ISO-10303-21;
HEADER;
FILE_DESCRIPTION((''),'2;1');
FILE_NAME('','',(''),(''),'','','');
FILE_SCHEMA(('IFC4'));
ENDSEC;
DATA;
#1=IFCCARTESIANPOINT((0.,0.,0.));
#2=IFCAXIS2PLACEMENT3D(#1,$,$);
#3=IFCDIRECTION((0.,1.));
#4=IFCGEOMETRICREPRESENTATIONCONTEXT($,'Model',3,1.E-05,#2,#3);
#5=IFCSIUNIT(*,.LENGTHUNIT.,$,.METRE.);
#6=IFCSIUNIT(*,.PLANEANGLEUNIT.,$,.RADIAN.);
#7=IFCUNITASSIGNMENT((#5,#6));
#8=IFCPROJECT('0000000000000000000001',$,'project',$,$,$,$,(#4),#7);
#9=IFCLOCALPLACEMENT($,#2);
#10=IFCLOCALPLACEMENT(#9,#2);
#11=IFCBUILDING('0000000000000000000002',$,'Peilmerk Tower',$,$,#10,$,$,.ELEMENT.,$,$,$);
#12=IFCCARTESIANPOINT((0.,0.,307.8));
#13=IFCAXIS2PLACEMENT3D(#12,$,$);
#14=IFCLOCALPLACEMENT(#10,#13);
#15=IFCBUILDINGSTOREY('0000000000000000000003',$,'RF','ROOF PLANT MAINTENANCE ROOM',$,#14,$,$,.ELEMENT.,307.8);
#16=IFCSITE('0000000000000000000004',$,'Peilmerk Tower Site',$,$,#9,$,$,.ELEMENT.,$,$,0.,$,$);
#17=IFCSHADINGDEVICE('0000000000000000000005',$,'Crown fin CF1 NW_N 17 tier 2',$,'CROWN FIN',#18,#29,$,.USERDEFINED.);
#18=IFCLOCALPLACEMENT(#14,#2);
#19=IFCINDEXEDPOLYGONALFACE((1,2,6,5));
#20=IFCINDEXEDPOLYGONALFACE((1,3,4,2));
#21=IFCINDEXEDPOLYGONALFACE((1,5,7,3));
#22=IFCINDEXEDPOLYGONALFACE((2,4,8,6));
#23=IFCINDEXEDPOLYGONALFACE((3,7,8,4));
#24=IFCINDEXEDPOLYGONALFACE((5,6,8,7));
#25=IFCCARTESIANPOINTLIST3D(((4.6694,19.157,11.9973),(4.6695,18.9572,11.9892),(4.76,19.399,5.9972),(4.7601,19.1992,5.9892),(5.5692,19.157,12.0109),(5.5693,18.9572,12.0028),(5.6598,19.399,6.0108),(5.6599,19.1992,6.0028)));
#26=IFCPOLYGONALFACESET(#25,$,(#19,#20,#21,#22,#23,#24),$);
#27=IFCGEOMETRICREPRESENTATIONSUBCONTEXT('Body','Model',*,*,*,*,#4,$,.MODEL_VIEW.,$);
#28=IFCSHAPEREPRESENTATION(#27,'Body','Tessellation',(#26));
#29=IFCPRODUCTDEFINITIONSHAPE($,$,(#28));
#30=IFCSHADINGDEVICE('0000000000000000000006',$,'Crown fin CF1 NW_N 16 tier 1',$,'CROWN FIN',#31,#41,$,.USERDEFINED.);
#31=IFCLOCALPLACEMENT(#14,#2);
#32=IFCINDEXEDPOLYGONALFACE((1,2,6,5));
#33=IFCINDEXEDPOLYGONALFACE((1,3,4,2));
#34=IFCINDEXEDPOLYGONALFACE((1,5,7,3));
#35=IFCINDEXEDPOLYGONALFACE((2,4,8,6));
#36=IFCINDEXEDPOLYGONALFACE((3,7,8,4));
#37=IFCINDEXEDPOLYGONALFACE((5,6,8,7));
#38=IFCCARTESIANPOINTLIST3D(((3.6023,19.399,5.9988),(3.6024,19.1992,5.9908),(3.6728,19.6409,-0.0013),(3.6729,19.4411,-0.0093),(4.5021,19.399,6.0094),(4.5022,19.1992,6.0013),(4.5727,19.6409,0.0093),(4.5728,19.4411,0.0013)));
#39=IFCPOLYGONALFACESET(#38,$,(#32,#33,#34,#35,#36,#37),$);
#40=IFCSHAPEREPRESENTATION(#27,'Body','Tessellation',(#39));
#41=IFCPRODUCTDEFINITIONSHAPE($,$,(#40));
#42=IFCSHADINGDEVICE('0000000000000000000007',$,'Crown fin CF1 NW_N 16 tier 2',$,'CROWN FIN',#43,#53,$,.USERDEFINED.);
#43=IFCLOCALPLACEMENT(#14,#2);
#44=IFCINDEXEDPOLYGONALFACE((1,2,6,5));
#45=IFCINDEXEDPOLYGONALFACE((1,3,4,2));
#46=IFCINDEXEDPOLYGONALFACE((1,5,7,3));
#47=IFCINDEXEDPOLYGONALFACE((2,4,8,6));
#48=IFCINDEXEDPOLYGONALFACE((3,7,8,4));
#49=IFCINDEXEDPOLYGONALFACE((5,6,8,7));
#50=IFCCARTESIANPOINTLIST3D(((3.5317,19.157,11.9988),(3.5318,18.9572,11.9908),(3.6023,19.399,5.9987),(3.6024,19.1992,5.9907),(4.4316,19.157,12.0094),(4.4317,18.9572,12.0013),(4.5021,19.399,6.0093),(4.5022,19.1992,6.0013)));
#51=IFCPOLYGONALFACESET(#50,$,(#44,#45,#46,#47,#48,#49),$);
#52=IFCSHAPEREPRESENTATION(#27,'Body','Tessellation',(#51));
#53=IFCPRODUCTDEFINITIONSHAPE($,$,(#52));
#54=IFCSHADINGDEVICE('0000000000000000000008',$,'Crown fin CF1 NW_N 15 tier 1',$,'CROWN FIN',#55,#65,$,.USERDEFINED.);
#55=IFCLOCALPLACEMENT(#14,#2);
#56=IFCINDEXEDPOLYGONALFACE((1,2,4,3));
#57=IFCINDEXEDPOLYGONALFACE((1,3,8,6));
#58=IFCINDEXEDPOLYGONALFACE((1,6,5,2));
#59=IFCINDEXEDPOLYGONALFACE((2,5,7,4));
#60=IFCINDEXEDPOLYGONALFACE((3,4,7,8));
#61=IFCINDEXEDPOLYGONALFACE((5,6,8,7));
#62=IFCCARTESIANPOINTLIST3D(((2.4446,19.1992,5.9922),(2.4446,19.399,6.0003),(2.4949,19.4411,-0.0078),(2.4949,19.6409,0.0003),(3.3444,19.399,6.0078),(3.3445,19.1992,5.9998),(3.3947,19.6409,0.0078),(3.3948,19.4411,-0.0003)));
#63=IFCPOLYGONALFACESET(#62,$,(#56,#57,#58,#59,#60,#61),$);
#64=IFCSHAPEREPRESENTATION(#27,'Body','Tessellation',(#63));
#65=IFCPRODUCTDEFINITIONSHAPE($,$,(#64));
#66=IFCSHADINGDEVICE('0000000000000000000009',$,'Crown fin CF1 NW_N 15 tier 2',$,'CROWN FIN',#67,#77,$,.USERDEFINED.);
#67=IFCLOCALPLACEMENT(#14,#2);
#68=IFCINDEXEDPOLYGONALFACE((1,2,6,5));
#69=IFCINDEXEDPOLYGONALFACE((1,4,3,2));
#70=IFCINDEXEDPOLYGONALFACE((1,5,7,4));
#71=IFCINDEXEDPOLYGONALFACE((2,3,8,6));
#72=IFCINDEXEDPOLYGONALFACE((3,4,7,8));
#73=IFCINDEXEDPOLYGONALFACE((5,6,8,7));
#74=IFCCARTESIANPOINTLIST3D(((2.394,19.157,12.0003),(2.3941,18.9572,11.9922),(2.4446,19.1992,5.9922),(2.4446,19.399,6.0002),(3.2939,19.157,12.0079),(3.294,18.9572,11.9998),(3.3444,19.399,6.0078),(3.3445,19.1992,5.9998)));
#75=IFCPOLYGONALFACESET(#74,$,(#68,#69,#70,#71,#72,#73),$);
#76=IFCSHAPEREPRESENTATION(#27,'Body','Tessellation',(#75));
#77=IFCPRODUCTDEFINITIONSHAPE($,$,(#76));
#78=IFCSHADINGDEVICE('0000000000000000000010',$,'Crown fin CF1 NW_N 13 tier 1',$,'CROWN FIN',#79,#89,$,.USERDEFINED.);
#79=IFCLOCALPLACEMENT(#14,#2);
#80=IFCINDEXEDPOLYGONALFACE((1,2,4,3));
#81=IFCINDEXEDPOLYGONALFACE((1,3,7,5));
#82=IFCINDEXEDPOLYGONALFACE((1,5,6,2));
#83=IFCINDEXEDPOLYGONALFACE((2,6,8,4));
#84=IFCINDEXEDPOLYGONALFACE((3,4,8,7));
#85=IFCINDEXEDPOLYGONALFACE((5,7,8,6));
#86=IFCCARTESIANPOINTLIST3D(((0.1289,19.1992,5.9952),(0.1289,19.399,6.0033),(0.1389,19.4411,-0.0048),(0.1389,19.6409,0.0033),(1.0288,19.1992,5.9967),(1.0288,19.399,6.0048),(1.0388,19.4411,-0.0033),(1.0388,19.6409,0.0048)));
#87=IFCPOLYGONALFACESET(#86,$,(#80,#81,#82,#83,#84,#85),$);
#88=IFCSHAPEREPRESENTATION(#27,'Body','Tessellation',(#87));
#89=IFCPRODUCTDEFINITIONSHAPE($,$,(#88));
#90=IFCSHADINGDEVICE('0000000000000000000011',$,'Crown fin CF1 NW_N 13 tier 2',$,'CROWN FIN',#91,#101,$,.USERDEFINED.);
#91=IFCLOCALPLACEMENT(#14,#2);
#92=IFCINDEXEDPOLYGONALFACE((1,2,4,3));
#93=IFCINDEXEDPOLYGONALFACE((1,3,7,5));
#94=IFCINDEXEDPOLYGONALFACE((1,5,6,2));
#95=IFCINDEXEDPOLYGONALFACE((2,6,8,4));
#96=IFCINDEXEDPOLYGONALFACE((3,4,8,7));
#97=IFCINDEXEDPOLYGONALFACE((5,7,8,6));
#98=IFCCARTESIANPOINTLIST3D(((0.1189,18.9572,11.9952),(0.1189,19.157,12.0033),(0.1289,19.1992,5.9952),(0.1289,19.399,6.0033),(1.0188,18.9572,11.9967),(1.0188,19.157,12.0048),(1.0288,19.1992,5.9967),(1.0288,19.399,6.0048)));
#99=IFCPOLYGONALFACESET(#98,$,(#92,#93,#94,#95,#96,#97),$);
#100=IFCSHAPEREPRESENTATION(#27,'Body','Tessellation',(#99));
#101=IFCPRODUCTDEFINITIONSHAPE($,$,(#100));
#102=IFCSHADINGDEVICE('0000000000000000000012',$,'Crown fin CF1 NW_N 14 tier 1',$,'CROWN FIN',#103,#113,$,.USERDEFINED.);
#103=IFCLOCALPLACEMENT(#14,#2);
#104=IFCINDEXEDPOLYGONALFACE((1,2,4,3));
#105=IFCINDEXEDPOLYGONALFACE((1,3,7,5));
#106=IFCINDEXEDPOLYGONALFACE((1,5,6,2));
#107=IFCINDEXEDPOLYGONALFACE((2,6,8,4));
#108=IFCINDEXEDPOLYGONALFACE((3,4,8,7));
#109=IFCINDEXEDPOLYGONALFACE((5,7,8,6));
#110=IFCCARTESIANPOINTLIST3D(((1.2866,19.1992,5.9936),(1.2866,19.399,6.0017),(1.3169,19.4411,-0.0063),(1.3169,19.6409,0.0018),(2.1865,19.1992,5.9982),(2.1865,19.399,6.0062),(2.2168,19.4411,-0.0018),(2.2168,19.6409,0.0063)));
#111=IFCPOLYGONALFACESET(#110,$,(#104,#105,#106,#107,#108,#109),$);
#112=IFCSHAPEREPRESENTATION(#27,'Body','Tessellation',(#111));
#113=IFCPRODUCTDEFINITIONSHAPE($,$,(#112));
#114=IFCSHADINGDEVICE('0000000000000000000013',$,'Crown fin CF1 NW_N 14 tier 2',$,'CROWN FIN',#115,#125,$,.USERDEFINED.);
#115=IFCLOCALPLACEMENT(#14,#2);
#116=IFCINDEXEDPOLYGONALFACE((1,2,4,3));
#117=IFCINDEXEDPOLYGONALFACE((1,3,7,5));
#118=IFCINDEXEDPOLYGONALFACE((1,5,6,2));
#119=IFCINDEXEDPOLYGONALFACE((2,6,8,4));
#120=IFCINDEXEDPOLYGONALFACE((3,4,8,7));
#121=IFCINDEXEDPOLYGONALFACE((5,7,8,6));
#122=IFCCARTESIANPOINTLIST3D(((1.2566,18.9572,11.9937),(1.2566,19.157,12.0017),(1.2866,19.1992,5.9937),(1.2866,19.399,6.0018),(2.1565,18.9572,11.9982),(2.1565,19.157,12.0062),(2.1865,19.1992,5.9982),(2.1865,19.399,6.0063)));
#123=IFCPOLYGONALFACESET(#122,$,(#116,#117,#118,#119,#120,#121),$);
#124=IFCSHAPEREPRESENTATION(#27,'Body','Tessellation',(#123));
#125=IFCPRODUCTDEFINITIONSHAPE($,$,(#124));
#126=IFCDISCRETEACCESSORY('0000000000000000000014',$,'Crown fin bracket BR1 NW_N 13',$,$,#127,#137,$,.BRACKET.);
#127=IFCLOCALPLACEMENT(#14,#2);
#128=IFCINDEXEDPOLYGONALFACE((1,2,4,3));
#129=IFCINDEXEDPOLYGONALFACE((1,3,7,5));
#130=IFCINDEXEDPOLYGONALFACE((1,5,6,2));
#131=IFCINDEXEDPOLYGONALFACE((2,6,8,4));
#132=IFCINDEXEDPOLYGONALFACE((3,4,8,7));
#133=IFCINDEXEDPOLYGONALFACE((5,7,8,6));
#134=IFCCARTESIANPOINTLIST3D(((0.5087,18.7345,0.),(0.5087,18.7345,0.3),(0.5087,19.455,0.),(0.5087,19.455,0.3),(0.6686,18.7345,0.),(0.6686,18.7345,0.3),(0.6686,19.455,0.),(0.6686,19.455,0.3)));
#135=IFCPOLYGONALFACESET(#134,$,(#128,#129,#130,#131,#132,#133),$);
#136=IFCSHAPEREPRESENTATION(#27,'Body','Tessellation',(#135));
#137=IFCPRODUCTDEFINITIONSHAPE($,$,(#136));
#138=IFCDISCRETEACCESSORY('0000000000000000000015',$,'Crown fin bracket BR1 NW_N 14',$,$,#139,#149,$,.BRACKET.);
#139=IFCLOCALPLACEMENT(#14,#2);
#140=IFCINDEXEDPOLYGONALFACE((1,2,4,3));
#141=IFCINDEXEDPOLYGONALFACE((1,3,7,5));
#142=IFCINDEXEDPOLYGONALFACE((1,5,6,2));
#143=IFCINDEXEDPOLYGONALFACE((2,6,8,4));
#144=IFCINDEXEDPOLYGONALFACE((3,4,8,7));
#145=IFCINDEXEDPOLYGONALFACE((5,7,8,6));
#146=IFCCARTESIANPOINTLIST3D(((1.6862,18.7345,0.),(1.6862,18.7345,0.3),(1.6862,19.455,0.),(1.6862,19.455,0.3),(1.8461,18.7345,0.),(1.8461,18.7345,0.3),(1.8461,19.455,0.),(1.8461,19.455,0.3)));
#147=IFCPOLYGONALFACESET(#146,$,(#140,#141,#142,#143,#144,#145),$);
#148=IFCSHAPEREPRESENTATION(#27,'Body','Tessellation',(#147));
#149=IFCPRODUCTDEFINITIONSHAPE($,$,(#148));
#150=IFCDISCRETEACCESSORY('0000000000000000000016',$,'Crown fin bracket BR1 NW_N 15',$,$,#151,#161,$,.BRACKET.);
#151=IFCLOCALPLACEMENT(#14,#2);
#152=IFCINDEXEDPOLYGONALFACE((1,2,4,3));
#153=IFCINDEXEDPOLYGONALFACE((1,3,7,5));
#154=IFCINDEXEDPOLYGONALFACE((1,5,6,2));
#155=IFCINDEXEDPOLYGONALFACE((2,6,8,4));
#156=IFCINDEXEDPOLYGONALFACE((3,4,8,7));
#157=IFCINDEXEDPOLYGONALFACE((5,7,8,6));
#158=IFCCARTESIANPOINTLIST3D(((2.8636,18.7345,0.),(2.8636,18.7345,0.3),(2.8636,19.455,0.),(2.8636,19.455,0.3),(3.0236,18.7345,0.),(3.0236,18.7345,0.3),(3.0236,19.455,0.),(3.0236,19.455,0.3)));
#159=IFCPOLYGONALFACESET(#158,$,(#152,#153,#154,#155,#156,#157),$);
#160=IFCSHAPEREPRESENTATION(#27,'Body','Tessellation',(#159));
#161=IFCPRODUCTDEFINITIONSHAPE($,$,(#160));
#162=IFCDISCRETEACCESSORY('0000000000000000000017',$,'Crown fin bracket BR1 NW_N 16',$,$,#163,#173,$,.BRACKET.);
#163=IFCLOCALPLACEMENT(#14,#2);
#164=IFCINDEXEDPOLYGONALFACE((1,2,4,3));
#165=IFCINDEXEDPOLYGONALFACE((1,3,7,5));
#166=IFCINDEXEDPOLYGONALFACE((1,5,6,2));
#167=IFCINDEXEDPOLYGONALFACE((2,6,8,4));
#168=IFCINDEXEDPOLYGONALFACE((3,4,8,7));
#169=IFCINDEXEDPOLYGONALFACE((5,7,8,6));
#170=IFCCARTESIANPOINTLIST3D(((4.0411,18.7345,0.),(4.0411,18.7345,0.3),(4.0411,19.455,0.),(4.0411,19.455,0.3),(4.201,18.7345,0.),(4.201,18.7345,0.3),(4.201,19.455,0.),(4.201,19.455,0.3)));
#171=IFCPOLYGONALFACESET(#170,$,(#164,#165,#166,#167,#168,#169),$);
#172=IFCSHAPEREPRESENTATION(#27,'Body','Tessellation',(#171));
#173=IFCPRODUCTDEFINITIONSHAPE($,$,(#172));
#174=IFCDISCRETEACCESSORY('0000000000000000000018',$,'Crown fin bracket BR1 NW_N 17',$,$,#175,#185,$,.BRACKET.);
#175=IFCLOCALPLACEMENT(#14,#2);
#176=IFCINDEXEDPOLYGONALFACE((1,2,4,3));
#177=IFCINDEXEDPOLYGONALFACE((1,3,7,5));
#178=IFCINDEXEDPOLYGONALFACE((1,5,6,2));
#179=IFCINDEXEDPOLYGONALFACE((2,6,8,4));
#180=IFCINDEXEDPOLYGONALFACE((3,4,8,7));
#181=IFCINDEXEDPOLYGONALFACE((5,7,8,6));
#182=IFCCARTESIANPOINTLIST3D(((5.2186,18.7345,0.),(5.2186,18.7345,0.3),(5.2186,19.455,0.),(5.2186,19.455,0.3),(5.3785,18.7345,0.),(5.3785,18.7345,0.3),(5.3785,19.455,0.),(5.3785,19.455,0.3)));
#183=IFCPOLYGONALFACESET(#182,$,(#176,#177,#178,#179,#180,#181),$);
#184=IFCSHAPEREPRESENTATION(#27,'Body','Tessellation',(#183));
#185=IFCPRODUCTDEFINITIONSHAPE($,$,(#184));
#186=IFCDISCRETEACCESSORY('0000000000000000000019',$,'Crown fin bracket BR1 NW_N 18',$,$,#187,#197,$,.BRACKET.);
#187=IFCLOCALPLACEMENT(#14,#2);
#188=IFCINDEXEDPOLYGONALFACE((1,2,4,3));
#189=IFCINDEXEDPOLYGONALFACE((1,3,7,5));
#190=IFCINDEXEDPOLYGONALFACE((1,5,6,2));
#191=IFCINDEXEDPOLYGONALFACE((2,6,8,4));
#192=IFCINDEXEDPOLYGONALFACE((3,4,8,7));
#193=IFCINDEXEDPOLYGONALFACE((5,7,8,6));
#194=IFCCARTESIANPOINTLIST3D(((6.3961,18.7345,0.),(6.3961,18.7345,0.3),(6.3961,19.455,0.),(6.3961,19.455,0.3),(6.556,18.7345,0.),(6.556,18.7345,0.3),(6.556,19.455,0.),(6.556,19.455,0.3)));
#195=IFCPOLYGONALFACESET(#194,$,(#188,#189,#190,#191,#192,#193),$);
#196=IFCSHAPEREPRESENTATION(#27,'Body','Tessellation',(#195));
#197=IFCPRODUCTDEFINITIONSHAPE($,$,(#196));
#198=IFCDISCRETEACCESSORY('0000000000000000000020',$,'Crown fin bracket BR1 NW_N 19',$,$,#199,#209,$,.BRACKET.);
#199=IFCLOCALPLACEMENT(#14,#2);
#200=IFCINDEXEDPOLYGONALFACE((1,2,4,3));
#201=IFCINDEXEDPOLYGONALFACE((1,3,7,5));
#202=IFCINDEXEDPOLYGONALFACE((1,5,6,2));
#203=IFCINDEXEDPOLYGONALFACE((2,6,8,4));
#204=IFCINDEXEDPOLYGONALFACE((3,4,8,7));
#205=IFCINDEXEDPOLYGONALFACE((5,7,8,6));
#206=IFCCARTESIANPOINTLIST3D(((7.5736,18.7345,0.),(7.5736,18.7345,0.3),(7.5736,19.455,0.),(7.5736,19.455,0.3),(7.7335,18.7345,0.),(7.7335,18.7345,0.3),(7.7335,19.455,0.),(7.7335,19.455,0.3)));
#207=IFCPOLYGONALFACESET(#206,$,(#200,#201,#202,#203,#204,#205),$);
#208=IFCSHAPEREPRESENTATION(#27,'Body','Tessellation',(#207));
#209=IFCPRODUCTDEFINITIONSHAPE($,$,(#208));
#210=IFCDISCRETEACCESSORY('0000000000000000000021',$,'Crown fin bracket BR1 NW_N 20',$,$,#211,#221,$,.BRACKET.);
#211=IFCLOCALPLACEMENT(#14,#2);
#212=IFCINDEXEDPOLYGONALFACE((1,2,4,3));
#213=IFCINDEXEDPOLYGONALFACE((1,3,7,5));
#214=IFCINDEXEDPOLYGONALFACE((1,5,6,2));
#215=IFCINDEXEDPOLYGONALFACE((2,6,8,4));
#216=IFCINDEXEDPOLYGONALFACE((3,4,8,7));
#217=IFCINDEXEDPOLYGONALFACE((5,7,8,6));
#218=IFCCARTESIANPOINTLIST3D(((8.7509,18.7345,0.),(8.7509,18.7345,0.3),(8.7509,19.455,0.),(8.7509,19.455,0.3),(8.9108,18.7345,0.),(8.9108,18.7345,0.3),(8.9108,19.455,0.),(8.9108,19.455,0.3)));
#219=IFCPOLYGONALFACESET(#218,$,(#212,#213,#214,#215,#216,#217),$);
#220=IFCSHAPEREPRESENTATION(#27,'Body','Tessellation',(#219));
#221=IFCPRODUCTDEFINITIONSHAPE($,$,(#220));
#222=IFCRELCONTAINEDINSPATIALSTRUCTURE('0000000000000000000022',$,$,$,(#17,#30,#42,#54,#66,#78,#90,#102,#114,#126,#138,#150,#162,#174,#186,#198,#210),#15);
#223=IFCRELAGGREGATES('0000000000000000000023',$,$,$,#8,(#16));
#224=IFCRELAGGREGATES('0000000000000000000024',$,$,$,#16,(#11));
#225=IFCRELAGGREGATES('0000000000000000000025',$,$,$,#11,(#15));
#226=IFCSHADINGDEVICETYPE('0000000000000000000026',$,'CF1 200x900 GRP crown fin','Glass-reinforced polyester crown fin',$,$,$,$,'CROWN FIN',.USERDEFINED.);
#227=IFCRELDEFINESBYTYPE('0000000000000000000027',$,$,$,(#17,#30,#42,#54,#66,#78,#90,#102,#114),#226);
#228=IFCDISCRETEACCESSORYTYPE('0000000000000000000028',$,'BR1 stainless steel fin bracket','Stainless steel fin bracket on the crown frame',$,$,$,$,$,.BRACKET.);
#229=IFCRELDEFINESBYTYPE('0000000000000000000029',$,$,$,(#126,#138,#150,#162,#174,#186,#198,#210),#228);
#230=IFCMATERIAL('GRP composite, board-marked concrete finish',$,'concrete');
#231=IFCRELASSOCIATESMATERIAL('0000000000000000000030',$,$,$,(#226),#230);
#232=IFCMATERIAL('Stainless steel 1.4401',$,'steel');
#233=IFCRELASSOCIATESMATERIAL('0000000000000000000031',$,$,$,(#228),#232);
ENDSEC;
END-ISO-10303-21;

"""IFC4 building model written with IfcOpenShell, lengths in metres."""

from ifc_helpers import new_model, si_unit, direction, frame, origin, origin_2d, place, context, subcontext, project, spatial, rectangle, extrude, source, transform, mapped, material, material_profile, profile_set, type_object, element, save


model = new_model("IFC4")

# Units and contexts
model_context = context("Model", 3, precision=1e-05, world=origin(), true_north=direction((0.0, 1.0)))
body_context = subcontext(model_context, "Body", "Model", "MODEL_VIEW")
ifc_project = project(units=[si_unit("LENGTHUNIT", "METRE"), si_unit("PLANEANGLEUNIT", "RADIAN")], contexts=[model_context])

# Site, building, storey
site_placement = place(None, origin())
site = spatial("IfcSite", under=ifc_project, at=site_placement, Name="Peilmerk Tower Site", CompositionType="ELEMENT", RefElevation=0.0)
building_placement = place(site_placement, origin())
building = spatial("IfcBuilding", under=site, at=building_placement, Name="Peilmerk Tower", CompositionType="ELEMENT")
storey_placement = place(building_placement, frame((0.0, 0.0, 307.8)))
storey = spatial("IfcBuildingStorey", under=building, at=storey_placement, Name="RF", Description="ROOF PLANT MAINTENANCE ROOM", CompositionType="ELEMENT", Elevation=307.8)

# Shading devices
ifc_material_1 = material(Name="GRP composite, board-marked concrete finish", Category="concrete")
ifc_material_profile = material_profile(ifc_material_1, rectangle(XDim=0.2, YDim=0.8999, at=origin_2d()), Name="CF1 200x900")
ifc_profile_set = profile_set([ifc_material_profile], Name="GRP composite, board-marked concrete finish")
shading_device_type = type_object("IfcShadingDeviceType", Name="CF1 200x900 GRP crown fin", Description="Glass-reinforced polyester crown fin", ElementType="CROWN FIN", PredefinedType="USERDEFINED", material=ifc_profile_set)
shared_shape_1 = source(origin(), body_context, "Body", "SweptSolid", [
    extrude(rectangle(XDim=0.2, YDim=0.8999, at=origin_2d()), origin(), (0.0, 0.0, 1.0), 6.0056),
])
for number, where, z_axis, x_axis, name in (
    (1, (5.21, 19.2991, 6.0), (-0.015082, -0.040287, 0.999074), (-0.000608, 0.999188, 0.040282), "Crown fin CF1 NW_N 17 tier 2"),
):
    element("IfcShadingDevice", number, at=place(storey_placement, frame(where, z_axis=z_axis, x_axis=x_axis)), inside=storey, type_object=shading_device_type, Name=name, ObjectType="CROWN FIN", PredefinedType="USERDEFINED", context=body_context, shape_type="MappedRepresentation", body=[
        mapped(shared_shape_1, transform((0.0, 0.0, 0.0), scale=1.0)),
    ])
shared_shape_2 = source(origin(), body_context, "Body", "SweptSolid", [
    extrude(rectangle(XDim=0.2, YDim=0.8999, at=origin_2d()), origin(), (0.0, 0.0, 1.0), 6.0054),
])
for number, where, z_axis, x_axis, name in (
    (2, (4.1228, 19.541, 0.0), (-0.011749, -0.040288, 0.999119), (-0.000474, 0.999188, 0.040286), "Crown fin CF1 NW_N 16 tier 1"),
    (3, (4.0522, 19.2991, 6.0), (-0.011749, -0.040288, 0.999119), (-0.000474, 0.999188, 0.040286), "Crown fin CF1 NW_N 16 tier 2"),
):
    element("IfcShadingDevice", number, at=place(storey_placement, frame(where, z_axis=z_axis, x_axis=x_axis)), inside=storey, type_object=shading_device_type, Name=name, ObjectType="CROWN FIN", PredefinedType="USERDEFINED", context=body_context, shape_type="MappedRepresentation", body=[
        mapped(shared_shape_2, transform((0.0, 0.0, 0.0), scale=1.0)),
    ])
shared_shape_3 = source(origin(), body_context, "Body", "SweptSolid", [
    extrude(rectangle(XDim=0.2, YDim=0.8999, at=origin_2d()), origin(), (0.0, 0.0, 1.0), 6.0051),
])
for number, where, z_axis, x_axis, name in (
    (4, (2.9448, 19.541, 0.0), (-0.008375, -0.04029, 0.999153), (-0.000338, 0.999188, 0.040288), "Crown fin CF1 NW_N 15 tier 1"),
    (5, (2.8945, 19.2991, 6.0), (-0.008416, -0.04029, 0.999153), (-0.000339, 0.999188, 0.040288), "Crown fin CF1 NW_N 15 tier 2"),
):
    element("IfcShadingDevice", number, at=place(storey_placement, frame(where, z_axis=z_axis, x_axis=x_axis)), inside=storey, type_object=shading_device_type, Name=name, ObjectType="CROWN FIN", PredefinedType="USERDEFINED", context=body_context, shape_type="MappedRepresentation", body=[
        mapped(shared_shape_3, transform((0.0, 0.0, 0.0), scale=1.0)),
    ])
shared_shape_4 = source(origin(), body_context, "Body", "SweptSolid", [
    extrude(rectangle(XDim=0.2, YDim=0.8999, at=origin_2d()), origin(), (0.0, 0.0, 1.0), 6.0049),
])
for number, where, z_axis, x_axis, name in (
    (6, (0.5889, 19.541, 0.0), (-0.001667, -0.040291, 0.999187), (-0.000067, 0.999188, 0.040291), "Crown fin CF1 NW_N 13 tier 1"),
    (7, (0.5789, 19.2991, 6.0), (-0.001667, -0.040291, 0.999187), (-0.000067, 0.999188, 0.040291), "Crown fin CF1 NW_N 13 tier 2"),
    (8, (1.7668, 19.541, 0.0), (-0.005041, -0.040291, 0.999175), (-0.000203, 0.999188, 0.04029), "Crown fin CF1 NW_N 14 tier 1"),
    (9, (1.7366, 19.2991, 6.0), (-0.005001, -0.040291, 0.999175), (-0.000202, 0.999188, 0.04029), "Crown fin CF1 NW_N 14 tier 2"),
):
    element("IfcShadingDevice", number, at=place(storey_placement, frame(where, z_axis=z_axis, x_axis=x_axis)), inside=storey, type_object=shading_device_type, Name=name, ObjectType="CROWN FIN", PredefinedType="USERDEFINED", context=body_context, shape_type="MappedRepresentation", body=[
        mapped(shared_shape_4, transform((0.0, 0.0, 0.0), scale=1.0)),
    ])

# Discrete accessories
ifc_material_2 = material(Name="Stainless steel 1.4401", Category="steel")
discrete_accessory_type = type_object("IfcDiscreteAccessoryType", Name="BR1 stainless steel fin bracket", Description="Stainless steel fin bracket on the crown frame", PredefinedType="BRACKET", material=ifc_material_2)
shared_shape_5 = source(origin(), body_context, "Body", "SweptSolid", [
    extrude(rectangle(XDim=0.7205, YDim=0.1599, at=origin_2d()), origin(), (0.0, 0.0, 1.0), 0.3),
])
for number, where, z_axis, x_axis, name in (
    (10, (0.5886, 19.0947, 0.0), (0.0, 0.0, 1.0), (0.0, 1.0, 0.0), "Crown fin bracket BR1 NW_N 13"),
    (11, (1.7661, 19.0947, 0.0), (0.0, 0.0, 1.0), (0.0, 1.0, 0.0), "Crown fin bracket BR1 NW_N 14"),
    (12, (2.9436, 19.0947, 0.0), (0.0, 0.0, 1.0), (0.0, 1.0, 0.0), "Crown fin bracket BR1 NW_N 15"),
    (13, (4.1211, 19.0947, 0.0), (0.0, 0.0, 1.0), (0.0, 1.0, 0.0), "Crown fin bracket BR1 NW_N 16"),
    (14, (5.2986, 19.0947, 0.0), (0.0, 0.0, 1.0), (0.0, 1.0, 0.0), "Crown fin bracket BR1 NW_N 17"),
    (15, (6.4761, 19.0947, 0.0), (0.0, 0.0, 1.0), (0.0, 1.0, 0.0), "Crown fin bracket BR1 NW_N 18"),
    (16, (7.6536, 19.0947, 0.0), (0.0, 0.0, 1.0), (0.0, 1.0, 0.0), "Crown fin bracket BR1 NW_N 19"),
    (17, (8.8308, 19.0947, 0.0), (0.0, 0.0, 1.0), (0.0, 1.0, 0.0), "Crown fin bracket BR1 NW_N 20"),
):
    element("IfcDiscreteAccessory", number, at=place(storey_placement, frame(where, z_axis=z_axis, x_axis=x_axis)), inside=storey, type_object=discrete_accessory_type, Name=name, PredefinedType="BRACKET", context=body_context, shape_type="MappedRepresentation", body=[
        mapped(shared_shape_5, transform((0.0, 0.0, 0.0), scale=1.0)),
    ])

save(model, "model.ifc")
